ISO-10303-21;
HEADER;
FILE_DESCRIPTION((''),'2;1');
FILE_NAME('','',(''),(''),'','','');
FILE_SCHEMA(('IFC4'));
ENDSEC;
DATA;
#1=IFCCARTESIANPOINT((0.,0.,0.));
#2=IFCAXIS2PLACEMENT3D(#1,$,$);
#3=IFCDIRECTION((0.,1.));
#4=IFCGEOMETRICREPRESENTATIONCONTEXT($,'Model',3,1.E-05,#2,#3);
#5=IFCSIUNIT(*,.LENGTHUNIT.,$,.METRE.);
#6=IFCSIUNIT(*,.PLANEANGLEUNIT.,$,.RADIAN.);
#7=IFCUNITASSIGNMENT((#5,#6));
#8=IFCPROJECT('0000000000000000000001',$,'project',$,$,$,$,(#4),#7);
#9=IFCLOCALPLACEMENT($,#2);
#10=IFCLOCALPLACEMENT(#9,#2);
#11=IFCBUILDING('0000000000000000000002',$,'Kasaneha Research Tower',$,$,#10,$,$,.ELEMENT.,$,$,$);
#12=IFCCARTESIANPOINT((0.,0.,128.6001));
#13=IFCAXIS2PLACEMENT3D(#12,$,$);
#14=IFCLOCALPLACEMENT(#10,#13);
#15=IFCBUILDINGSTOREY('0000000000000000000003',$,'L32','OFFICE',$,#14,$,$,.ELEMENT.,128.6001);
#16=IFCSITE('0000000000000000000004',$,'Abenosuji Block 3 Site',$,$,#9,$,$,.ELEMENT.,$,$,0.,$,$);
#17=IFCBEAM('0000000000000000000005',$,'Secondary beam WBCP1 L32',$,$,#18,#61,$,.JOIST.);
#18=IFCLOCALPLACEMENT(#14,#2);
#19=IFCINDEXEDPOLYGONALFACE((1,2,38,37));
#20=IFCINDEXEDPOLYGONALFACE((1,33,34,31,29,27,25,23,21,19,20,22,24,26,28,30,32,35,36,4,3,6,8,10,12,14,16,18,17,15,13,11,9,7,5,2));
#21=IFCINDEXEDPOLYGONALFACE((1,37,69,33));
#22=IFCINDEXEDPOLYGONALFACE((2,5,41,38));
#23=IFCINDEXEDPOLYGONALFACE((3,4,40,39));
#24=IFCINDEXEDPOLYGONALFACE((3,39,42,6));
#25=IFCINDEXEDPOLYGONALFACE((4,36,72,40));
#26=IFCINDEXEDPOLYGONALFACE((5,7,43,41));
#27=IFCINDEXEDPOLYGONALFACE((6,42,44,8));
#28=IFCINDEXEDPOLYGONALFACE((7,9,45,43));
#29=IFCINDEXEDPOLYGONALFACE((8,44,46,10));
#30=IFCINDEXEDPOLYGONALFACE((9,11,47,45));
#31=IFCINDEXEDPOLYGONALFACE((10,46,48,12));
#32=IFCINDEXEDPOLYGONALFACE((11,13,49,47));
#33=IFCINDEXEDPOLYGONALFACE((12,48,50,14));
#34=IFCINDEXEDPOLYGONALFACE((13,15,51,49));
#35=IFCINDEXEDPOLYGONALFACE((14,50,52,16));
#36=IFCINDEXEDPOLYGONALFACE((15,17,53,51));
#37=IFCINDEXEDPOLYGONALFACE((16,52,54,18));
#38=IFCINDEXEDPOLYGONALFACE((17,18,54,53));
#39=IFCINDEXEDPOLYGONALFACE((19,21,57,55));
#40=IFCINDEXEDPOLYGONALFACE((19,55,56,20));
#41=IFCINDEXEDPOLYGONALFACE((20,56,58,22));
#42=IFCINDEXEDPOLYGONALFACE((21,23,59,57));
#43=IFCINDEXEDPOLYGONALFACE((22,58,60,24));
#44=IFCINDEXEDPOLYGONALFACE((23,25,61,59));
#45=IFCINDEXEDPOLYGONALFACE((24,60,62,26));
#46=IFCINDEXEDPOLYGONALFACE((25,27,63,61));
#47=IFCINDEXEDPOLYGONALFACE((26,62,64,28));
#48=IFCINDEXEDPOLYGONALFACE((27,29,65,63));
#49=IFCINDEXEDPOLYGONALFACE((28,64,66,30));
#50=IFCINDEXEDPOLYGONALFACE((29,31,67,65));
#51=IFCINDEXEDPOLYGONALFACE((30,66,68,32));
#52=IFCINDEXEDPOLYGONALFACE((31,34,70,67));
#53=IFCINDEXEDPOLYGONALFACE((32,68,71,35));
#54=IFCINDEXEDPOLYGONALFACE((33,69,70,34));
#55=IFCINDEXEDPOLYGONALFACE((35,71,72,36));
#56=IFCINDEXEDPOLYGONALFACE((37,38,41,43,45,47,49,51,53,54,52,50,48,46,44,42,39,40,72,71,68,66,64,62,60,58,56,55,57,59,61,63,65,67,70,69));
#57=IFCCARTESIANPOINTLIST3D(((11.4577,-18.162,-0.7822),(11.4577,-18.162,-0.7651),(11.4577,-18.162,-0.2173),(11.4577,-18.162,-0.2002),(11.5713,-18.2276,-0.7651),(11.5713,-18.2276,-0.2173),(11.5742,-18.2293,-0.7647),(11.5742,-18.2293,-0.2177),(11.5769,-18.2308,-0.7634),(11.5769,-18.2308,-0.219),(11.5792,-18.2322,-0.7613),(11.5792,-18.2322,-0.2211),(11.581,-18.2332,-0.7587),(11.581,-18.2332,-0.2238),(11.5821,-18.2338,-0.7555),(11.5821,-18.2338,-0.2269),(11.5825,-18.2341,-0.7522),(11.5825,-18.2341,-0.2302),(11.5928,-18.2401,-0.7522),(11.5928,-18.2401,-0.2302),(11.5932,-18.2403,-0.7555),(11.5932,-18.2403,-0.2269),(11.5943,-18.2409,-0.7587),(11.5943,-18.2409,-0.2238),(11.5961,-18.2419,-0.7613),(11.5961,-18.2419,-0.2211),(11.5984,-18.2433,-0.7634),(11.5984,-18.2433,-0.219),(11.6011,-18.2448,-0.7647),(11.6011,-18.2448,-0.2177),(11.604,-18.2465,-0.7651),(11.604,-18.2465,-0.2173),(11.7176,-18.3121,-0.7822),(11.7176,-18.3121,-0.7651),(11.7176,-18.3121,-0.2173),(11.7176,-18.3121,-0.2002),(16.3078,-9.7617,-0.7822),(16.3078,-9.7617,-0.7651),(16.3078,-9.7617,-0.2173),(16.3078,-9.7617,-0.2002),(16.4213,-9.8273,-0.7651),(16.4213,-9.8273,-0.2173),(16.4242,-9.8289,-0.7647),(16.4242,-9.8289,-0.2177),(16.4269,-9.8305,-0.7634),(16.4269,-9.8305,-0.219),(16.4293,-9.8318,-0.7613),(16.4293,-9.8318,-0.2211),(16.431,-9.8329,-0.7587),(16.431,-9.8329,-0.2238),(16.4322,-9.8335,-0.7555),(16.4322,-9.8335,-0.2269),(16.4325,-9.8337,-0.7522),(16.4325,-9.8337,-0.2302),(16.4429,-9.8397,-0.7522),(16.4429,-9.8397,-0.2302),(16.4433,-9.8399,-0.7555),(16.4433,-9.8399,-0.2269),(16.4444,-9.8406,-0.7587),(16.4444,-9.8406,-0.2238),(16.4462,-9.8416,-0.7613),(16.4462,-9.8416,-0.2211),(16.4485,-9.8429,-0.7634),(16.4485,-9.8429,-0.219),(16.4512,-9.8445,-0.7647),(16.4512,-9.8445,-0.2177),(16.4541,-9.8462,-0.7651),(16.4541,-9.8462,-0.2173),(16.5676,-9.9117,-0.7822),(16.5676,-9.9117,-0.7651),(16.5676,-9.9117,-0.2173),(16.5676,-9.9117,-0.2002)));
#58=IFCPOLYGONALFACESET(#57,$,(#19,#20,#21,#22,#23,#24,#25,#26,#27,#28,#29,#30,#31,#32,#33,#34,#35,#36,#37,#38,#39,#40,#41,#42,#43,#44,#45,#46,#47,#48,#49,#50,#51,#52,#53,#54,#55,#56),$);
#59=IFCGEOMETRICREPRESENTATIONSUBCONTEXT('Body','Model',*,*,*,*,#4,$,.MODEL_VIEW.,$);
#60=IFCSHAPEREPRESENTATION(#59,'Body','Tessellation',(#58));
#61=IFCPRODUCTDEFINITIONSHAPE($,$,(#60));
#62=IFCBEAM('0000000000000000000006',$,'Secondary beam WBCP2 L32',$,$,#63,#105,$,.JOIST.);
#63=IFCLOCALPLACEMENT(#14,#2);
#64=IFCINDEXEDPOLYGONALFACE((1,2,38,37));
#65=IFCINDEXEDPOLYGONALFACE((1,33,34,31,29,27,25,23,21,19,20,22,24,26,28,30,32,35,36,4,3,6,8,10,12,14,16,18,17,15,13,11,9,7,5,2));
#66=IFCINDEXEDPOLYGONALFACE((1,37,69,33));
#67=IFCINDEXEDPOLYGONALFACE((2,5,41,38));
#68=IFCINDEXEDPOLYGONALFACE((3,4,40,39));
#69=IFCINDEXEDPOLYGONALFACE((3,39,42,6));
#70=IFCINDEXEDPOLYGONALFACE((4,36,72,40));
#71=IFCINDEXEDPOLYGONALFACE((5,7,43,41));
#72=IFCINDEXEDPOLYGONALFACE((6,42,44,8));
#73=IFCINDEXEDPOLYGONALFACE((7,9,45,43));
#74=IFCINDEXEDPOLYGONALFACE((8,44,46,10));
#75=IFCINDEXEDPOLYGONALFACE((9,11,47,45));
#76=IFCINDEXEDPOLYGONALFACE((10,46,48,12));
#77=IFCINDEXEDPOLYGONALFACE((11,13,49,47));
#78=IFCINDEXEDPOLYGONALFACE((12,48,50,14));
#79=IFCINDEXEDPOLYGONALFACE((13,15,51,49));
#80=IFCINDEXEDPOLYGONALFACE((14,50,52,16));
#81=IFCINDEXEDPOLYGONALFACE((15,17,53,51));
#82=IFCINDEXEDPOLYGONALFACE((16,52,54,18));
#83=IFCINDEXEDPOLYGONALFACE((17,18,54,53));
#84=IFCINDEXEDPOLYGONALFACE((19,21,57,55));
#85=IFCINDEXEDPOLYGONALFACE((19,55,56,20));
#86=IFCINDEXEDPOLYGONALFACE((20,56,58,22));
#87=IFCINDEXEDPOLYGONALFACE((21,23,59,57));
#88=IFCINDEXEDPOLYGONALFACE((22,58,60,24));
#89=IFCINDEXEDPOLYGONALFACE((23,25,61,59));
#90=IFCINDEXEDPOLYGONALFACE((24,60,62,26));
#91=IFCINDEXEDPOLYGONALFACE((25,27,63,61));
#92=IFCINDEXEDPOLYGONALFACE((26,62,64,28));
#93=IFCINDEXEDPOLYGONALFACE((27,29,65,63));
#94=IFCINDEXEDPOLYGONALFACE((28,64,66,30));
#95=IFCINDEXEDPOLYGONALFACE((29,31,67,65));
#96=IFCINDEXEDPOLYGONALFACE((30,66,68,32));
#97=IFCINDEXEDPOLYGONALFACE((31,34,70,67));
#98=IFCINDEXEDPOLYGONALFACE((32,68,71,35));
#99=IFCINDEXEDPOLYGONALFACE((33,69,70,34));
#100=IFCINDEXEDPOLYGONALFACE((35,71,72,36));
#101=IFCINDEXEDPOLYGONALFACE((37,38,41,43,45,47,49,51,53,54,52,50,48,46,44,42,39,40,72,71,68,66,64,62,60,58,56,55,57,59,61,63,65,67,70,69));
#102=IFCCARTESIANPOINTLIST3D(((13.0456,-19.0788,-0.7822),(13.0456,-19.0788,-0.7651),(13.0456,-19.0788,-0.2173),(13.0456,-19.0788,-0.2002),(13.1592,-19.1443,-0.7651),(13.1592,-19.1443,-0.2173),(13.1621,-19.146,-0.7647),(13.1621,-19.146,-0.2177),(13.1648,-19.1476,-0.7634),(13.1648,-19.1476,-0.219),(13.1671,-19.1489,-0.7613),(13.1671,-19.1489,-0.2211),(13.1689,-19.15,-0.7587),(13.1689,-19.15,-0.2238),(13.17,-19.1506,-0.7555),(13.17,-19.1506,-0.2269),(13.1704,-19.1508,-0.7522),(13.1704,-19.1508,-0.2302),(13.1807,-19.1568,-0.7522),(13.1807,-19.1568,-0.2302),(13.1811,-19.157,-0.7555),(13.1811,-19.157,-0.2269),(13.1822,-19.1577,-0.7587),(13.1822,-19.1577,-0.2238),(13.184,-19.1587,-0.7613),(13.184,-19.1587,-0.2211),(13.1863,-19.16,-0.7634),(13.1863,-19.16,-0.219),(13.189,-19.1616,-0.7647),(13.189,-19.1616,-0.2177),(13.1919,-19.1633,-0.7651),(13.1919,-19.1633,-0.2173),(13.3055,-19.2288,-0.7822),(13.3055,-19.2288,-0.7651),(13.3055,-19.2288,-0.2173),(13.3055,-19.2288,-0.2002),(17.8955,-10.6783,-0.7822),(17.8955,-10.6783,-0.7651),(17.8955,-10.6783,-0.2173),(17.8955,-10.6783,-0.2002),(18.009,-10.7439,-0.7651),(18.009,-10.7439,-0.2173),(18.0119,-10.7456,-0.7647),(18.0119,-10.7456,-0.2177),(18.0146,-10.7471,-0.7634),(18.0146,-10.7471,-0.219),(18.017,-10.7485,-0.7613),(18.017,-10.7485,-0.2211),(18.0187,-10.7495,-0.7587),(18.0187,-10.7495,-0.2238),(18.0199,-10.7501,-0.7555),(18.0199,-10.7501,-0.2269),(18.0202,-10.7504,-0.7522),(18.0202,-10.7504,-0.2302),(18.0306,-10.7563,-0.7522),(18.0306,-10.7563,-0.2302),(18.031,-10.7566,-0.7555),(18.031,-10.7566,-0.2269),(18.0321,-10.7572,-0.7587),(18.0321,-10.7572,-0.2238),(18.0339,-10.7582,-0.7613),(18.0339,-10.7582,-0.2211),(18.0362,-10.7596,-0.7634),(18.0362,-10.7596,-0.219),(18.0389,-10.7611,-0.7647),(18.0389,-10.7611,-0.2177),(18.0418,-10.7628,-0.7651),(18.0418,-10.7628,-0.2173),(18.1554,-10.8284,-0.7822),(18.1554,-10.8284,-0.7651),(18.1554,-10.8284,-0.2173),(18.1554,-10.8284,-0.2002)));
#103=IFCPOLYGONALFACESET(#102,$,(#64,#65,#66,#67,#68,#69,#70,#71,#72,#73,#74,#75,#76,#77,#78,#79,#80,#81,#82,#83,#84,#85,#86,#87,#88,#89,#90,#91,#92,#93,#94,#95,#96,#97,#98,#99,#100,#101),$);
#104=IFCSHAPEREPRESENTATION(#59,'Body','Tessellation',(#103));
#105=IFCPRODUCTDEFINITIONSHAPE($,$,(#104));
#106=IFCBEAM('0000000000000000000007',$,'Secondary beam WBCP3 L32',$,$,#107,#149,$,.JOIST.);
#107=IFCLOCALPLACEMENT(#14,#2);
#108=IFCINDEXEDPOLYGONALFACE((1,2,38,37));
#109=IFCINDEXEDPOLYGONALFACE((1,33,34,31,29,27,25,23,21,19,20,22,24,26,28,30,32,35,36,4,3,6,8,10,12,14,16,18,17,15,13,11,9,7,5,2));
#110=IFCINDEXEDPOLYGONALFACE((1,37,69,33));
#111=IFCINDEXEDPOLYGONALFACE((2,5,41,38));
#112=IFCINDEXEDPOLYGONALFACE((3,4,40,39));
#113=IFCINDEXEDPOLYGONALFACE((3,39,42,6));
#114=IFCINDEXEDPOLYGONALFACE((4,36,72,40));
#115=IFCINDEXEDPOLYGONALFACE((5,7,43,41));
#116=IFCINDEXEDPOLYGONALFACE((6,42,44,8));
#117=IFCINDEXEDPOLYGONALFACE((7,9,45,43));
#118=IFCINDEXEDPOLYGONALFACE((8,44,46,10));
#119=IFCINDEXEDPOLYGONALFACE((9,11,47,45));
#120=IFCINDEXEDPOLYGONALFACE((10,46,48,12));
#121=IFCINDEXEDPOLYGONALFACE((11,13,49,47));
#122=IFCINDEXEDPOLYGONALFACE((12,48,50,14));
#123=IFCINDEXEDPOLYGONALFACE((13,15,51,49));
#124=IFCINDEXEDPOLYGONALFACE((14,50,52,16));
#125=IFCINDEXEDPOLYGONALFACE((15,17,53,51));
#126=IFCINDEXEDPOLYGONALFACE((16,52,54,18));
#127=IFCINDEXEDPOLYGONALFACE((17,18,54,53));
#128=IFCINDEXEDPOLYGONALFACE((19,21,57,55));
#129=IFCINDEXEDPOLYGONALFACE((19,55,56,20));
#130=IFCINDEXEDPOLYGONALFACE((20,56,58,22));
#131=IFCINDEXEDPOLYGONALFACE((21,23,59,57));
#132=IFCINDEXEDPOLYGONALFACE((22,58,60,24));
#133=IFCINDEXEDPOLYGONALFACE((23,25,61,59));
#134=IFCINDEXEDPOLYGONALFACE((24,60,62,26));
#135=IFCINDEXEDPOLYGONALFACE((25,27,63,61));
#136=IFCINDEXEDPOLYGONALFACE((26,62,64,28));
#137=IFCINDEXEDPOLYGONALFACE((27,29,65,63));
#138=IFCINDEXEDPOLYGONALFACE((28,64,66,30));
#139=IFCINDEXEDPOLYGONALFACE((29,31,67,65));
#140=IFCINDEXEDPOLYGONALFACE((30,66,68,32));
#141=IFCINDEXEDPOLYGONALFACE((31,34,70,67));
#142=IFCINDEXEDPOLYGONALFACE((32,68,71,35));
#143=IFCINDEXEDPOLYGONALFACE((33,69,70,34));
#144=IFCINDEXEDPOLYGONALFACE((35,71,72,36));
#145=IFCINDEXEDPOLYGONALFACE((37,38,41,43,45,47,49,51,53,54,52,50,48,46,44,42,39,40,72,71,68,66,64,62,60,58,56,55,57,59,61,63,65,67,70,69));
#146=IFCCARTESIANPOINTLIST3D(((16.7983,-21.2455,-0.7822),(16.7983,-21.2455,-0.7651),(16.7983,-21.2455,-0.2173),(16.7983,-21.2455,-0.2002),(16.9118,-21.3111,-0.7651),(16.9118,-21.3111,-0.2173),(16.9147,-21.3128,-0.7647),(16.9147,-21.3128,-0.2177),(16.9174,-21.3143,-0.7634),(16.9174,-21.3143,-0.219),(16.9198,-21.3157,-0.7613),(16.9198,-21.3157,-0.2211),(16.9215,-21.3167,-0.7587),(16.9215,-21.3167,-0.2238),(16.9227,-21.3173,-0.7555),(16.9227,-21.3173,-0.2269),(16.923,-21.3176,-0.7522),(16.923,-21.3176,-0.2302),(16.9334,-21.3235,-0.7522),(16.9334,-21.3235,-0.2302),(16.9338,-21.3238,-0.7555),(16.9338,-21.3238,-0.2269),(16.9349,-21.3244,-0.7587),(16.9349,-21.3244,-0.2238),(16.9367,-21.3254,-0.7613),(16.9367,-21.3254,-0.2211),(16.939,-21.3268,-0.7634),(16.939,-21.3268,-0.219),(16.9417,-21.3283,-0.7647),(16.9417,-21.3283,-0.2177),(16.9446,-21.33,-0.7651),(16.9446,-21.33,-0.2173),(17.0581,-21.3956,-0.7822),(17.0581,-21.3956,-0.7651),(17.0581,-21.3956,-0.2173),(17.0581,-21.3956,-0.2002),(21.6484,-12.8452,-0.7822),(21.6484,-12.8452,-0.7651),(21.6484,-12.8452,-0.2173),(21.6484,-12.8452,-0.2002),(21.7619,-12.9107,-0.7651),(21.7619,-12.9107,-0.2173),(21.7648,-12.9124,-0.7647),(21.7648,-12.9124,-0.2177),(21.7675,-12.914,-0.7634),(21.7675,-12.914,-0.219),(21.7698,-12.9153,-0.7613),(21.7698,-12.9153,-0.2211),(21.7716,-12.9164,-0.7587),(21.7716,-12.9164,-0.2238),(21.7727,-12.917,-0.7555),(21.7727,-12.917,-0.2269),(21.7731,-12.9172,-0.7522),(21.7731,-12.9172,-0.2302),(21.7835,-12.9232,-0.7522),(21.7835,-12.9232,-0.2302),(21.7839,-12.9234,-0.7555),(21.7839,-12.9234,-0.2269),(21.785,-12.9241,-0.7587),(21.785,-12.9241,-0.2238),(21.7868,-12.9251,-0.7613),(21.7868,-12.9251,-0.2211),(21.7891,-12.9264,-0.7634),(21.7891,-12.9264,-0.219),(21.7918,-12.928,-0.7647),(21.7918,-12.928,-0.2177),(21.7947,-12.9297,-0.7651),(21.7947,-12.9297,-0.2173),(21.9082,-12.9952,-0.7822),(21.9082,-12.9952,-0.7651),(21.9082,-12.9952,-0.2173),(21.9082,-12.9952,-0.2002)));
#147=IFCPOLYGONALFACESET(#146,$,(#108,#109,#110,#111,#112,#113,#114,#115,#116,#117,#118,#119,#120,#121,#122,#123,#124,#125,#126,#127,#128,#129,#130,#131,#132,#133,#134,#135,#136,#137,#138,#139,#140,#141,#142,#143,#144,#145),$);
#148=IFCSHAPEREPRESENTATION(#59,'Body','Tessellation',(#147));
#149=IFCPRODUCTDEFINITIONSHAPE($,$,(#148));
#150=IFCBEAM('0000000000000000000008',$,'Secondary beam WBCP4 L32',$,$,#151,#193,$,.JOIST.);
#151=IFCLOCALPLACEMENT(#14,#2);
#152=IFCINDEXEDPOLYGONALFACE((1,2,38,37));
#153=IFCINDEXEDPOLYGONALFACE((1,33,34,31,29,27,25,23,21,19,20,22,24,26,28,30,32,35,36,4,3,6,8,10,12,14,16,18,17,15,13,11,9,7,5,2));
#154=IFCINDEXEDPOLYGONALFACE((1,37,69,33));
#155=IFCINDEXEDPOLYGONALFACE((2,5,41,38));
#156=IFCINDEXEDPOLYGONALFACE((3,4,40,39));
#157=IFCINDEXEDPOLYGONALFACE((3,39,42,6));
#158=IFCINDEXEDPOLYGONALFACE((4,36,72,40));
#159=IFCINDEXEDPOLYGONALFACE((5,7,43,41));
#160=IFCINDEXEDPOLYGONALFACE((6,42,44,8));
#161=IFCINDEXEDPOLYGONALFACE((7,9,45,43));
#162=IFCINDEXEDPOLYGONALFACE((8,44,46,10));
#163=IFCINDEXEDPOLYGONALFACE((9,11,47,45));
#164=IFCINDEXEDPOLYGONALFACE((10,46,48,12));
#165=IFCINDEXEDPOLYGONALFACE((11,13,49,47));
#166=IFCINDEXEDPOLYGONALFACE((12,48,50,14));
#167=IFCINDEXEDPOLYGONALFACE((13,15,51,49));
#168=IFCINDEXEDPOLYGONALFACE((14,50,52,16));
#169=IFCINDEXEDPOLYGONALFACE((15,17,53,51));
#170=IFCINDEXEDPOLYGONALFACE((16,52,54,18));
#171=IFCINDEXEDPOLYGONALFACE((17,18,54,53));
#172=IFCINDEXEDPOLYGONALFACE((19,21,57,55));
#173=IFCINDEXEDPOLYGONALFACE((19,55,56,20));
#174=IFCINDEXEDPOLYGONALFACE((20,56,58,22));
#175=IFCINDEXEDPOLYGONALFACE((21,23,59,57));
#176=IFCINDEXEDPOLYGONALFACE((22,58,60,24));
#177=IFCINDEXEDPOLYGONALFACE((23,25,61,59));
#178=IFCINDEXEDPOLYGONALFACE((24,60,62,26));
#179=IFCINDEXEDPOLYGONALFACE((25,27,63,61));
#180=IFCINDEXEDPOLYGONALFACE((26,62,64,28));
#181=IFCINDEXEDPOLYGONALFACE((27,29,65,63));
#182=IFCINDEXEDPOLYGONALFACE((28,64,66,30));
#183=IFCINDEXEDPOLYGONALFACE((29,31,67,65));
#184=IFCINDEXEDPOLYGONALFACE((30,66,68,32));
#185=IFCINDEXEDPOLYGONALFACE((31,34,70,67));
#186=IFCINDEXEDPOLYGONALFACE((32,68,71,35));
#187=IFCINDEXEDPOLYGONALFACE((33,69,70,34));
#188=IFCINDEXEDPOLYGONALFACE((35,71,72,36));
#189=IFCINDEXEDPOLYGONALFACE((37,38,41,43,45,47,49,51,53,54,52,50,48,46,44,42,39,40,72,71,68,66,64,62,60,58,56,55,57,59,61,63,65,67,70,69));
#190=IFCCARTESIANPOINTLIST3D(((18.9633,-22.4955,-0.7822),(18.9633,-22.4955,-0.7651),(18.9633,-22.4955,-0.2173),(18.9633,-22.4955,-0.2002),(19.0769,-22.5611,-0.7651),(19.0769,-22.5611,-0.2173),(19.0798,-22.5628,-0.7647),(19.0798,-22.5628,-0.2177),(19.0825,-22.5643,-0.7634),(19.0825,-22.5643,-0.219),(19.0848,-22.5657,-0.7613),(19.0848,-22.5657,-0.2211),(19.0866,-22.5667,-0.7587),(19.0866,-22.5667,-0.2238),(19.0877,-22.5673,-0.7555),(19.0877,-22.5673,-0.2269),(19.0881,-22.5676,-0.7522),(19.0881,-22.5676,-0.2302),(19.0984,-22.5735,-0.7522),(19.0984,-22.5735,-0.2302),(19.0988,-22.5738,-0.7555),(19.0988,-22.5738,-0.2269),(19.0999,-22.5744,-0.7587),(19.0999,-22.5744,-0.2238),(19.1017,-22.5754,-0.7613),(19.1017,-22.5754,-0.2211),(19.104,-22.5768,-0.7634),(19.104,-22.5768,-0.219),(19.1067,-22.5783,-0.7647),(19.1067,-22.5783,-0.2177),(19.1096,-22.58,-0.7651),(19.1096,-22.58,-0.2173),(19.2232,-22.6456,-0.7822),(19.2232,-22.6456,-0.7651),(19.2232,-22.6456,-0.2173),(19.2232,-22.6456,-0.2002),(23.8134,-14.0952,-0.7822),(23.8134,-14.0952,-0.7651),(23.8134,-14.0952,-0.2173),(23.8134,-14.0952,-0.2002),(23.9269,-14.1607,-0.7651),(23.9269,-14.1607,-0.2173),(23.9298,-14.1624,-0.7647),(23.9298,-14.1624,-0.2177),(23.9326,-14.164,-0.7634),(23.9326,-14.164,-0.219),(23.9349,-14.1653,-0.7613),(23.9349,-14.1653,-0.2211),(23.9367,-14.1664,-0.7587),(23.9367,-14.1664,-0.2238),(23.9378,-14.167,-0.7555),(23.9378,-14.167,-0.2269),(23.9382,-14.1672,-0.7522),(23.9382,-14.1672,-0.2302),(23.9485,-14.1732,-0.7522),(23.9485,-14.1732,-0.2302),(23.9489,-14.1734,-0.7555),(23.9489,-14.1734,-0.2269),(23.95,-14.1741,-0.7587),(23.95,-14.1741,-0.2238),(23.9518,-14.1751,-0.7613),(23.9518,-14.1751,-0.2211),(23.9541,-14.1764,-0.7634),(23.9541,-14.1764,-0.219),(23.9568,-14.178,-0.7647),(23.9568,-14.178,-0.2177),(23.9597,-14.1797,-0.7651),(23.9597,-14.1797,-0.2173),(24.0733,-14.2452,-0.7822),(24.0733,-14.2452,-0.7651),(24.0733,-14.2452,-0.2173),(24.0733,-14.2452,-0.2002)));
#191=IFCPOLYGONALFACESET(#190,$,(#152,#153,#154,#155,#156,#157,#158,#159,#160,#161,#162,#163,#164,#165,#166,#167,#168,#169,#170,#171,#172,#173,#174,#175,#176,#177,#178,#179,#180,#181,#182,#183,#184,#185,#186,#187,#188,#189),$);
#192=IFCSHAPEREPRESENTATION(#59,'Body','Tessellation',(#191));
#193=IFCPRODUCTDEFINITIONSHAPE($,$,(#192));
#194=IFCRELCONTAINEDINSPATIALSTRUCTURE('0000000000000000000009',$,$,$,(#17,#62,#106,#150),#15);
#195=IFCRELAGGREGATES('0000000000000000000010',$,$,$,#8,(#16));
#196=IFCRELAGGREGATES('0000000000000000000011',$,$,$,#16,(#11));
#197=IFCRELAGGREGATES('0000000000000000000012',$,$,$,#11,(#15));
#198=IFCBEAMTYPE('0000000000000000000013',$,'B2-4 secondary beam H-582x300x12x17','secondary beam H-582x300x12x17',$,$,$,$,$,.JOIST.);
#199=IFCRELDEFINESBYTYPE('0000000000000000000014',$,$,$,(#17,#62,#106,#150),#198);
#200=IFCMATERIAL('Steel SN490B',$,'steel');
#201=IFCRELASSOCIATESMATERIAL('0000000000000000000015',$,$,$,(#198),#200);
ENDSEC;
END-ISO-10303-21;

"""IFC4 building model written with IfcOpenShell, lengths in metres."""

from ifc_helpers import new_model, si_unit, direction, frame, origin, origin_2d, place, context, subcontext, project, spatial, i_section, extrude, material, material_profile, profile_set, type_object, element, save


model = new_model("IFC4")

# Units and contexts
model_context = context("Model", 3, precision=1e-05, world=origin(), true_north=direction((0.0, 1.0)))
body_context = subcontext(model_context, "Body", "Model", "MODEL_VIEW")
ifc_project = project(units=[si_unit("LENGTHUNIT", "METRE"), si_unit("PLANEANGLEUNIT", "RADIAN")], contexts=[model_context])

# Site, building, storey
site_placement = place(None, origin())
site = spatial("IfcSite", under=ifc_project, at=site_placement, Name="Abenosuji Block 3 Site", CompositionType="ELEMENT", RefElevation=0.0)
building_placement = place(site_placement, origin())
building = spatial("IfcBuilding", under=site, at=building_placement, Name="Kasaneha Research Tower", CompositionType="ELEMENT")
storey_placement = place(building_placement, frame((0.0, 0.0, 128.6001)))
storey = spatial("IfcBuildingStorey", under=building, at=storey_placement, Name="L32", Description="OFFICE", CompositionType="ELEMENT", Elevation=128.6001)

# Beams
ifc_material_1 = material(Name="Steel SN490B", Category="steel")
ifc_material_profile_1 = material_profile(ifc_material_1, i_section(OverallWidth=0.3, OverallDepth=0.582, WebThickness=0.012, FlangeThickness=0.0171, FilletRadius=0.0129, at=origin_2d()), Name="H-582x300x12x17")
ifc_profile_set_1 = profile_set([ifc_material_profile_1], Name="Steel SN490B")
beam_type_1 = type_object("IfcBeamType", Name="B2-4 secondary beam H-582x300x12x17", Description="secondary beam H-582x300x12x17", PredefinedType="JOIST", material=ifc_profile_set_1)
for number, where, z_axis, x_axis, name in (
    (1, (11.5876, -18.2371, -0.4912), (0.50001, 0.86602, 0.0), (-0.86602, 0.50001, 0.0), "Secondary beam WBCP1 L32"),
    (2, (13.1755, -19.1538, -0.4912), (0.499991, 0.866031, 0.0), (-0.866031, 0.499991, 0.0), "Secondary beam WBCP2 L32"),
    (3, (16.9282, -21.3206, -0.4912), (0.50001, 0.86602, 0.0), (-0.86602, 0.50001, 0.0), "Secondary beam WBCP3 L32"),
    (4, (19.0933, -22.5706, -0.4912), (0.50001, 0.86602, 0.0), (-0.86602, 0.50001, 0.0), "Secondary beam WBCP4 L32"),
):
    element("IfcBeam", number, at=place(storey_placement, frame(where, z_axis=z_axis, x_axis=x_axis)), inside=storey, type_object=beam_type_1, Name=name, PredefinedType="JOIST", context=body_context, shape_type="SweptSolid", body=[
        extrude(i_section(OverallWidth=0.3, OverallDepth=0.582, WebThickness=0.012, FlangeThickness=0.0171, FilletRadius=0.0129, at=origin_2d()), origin(), (0.0, 0.0, 1.0), 9.7),
    ])

save(model, "model.ifc")
